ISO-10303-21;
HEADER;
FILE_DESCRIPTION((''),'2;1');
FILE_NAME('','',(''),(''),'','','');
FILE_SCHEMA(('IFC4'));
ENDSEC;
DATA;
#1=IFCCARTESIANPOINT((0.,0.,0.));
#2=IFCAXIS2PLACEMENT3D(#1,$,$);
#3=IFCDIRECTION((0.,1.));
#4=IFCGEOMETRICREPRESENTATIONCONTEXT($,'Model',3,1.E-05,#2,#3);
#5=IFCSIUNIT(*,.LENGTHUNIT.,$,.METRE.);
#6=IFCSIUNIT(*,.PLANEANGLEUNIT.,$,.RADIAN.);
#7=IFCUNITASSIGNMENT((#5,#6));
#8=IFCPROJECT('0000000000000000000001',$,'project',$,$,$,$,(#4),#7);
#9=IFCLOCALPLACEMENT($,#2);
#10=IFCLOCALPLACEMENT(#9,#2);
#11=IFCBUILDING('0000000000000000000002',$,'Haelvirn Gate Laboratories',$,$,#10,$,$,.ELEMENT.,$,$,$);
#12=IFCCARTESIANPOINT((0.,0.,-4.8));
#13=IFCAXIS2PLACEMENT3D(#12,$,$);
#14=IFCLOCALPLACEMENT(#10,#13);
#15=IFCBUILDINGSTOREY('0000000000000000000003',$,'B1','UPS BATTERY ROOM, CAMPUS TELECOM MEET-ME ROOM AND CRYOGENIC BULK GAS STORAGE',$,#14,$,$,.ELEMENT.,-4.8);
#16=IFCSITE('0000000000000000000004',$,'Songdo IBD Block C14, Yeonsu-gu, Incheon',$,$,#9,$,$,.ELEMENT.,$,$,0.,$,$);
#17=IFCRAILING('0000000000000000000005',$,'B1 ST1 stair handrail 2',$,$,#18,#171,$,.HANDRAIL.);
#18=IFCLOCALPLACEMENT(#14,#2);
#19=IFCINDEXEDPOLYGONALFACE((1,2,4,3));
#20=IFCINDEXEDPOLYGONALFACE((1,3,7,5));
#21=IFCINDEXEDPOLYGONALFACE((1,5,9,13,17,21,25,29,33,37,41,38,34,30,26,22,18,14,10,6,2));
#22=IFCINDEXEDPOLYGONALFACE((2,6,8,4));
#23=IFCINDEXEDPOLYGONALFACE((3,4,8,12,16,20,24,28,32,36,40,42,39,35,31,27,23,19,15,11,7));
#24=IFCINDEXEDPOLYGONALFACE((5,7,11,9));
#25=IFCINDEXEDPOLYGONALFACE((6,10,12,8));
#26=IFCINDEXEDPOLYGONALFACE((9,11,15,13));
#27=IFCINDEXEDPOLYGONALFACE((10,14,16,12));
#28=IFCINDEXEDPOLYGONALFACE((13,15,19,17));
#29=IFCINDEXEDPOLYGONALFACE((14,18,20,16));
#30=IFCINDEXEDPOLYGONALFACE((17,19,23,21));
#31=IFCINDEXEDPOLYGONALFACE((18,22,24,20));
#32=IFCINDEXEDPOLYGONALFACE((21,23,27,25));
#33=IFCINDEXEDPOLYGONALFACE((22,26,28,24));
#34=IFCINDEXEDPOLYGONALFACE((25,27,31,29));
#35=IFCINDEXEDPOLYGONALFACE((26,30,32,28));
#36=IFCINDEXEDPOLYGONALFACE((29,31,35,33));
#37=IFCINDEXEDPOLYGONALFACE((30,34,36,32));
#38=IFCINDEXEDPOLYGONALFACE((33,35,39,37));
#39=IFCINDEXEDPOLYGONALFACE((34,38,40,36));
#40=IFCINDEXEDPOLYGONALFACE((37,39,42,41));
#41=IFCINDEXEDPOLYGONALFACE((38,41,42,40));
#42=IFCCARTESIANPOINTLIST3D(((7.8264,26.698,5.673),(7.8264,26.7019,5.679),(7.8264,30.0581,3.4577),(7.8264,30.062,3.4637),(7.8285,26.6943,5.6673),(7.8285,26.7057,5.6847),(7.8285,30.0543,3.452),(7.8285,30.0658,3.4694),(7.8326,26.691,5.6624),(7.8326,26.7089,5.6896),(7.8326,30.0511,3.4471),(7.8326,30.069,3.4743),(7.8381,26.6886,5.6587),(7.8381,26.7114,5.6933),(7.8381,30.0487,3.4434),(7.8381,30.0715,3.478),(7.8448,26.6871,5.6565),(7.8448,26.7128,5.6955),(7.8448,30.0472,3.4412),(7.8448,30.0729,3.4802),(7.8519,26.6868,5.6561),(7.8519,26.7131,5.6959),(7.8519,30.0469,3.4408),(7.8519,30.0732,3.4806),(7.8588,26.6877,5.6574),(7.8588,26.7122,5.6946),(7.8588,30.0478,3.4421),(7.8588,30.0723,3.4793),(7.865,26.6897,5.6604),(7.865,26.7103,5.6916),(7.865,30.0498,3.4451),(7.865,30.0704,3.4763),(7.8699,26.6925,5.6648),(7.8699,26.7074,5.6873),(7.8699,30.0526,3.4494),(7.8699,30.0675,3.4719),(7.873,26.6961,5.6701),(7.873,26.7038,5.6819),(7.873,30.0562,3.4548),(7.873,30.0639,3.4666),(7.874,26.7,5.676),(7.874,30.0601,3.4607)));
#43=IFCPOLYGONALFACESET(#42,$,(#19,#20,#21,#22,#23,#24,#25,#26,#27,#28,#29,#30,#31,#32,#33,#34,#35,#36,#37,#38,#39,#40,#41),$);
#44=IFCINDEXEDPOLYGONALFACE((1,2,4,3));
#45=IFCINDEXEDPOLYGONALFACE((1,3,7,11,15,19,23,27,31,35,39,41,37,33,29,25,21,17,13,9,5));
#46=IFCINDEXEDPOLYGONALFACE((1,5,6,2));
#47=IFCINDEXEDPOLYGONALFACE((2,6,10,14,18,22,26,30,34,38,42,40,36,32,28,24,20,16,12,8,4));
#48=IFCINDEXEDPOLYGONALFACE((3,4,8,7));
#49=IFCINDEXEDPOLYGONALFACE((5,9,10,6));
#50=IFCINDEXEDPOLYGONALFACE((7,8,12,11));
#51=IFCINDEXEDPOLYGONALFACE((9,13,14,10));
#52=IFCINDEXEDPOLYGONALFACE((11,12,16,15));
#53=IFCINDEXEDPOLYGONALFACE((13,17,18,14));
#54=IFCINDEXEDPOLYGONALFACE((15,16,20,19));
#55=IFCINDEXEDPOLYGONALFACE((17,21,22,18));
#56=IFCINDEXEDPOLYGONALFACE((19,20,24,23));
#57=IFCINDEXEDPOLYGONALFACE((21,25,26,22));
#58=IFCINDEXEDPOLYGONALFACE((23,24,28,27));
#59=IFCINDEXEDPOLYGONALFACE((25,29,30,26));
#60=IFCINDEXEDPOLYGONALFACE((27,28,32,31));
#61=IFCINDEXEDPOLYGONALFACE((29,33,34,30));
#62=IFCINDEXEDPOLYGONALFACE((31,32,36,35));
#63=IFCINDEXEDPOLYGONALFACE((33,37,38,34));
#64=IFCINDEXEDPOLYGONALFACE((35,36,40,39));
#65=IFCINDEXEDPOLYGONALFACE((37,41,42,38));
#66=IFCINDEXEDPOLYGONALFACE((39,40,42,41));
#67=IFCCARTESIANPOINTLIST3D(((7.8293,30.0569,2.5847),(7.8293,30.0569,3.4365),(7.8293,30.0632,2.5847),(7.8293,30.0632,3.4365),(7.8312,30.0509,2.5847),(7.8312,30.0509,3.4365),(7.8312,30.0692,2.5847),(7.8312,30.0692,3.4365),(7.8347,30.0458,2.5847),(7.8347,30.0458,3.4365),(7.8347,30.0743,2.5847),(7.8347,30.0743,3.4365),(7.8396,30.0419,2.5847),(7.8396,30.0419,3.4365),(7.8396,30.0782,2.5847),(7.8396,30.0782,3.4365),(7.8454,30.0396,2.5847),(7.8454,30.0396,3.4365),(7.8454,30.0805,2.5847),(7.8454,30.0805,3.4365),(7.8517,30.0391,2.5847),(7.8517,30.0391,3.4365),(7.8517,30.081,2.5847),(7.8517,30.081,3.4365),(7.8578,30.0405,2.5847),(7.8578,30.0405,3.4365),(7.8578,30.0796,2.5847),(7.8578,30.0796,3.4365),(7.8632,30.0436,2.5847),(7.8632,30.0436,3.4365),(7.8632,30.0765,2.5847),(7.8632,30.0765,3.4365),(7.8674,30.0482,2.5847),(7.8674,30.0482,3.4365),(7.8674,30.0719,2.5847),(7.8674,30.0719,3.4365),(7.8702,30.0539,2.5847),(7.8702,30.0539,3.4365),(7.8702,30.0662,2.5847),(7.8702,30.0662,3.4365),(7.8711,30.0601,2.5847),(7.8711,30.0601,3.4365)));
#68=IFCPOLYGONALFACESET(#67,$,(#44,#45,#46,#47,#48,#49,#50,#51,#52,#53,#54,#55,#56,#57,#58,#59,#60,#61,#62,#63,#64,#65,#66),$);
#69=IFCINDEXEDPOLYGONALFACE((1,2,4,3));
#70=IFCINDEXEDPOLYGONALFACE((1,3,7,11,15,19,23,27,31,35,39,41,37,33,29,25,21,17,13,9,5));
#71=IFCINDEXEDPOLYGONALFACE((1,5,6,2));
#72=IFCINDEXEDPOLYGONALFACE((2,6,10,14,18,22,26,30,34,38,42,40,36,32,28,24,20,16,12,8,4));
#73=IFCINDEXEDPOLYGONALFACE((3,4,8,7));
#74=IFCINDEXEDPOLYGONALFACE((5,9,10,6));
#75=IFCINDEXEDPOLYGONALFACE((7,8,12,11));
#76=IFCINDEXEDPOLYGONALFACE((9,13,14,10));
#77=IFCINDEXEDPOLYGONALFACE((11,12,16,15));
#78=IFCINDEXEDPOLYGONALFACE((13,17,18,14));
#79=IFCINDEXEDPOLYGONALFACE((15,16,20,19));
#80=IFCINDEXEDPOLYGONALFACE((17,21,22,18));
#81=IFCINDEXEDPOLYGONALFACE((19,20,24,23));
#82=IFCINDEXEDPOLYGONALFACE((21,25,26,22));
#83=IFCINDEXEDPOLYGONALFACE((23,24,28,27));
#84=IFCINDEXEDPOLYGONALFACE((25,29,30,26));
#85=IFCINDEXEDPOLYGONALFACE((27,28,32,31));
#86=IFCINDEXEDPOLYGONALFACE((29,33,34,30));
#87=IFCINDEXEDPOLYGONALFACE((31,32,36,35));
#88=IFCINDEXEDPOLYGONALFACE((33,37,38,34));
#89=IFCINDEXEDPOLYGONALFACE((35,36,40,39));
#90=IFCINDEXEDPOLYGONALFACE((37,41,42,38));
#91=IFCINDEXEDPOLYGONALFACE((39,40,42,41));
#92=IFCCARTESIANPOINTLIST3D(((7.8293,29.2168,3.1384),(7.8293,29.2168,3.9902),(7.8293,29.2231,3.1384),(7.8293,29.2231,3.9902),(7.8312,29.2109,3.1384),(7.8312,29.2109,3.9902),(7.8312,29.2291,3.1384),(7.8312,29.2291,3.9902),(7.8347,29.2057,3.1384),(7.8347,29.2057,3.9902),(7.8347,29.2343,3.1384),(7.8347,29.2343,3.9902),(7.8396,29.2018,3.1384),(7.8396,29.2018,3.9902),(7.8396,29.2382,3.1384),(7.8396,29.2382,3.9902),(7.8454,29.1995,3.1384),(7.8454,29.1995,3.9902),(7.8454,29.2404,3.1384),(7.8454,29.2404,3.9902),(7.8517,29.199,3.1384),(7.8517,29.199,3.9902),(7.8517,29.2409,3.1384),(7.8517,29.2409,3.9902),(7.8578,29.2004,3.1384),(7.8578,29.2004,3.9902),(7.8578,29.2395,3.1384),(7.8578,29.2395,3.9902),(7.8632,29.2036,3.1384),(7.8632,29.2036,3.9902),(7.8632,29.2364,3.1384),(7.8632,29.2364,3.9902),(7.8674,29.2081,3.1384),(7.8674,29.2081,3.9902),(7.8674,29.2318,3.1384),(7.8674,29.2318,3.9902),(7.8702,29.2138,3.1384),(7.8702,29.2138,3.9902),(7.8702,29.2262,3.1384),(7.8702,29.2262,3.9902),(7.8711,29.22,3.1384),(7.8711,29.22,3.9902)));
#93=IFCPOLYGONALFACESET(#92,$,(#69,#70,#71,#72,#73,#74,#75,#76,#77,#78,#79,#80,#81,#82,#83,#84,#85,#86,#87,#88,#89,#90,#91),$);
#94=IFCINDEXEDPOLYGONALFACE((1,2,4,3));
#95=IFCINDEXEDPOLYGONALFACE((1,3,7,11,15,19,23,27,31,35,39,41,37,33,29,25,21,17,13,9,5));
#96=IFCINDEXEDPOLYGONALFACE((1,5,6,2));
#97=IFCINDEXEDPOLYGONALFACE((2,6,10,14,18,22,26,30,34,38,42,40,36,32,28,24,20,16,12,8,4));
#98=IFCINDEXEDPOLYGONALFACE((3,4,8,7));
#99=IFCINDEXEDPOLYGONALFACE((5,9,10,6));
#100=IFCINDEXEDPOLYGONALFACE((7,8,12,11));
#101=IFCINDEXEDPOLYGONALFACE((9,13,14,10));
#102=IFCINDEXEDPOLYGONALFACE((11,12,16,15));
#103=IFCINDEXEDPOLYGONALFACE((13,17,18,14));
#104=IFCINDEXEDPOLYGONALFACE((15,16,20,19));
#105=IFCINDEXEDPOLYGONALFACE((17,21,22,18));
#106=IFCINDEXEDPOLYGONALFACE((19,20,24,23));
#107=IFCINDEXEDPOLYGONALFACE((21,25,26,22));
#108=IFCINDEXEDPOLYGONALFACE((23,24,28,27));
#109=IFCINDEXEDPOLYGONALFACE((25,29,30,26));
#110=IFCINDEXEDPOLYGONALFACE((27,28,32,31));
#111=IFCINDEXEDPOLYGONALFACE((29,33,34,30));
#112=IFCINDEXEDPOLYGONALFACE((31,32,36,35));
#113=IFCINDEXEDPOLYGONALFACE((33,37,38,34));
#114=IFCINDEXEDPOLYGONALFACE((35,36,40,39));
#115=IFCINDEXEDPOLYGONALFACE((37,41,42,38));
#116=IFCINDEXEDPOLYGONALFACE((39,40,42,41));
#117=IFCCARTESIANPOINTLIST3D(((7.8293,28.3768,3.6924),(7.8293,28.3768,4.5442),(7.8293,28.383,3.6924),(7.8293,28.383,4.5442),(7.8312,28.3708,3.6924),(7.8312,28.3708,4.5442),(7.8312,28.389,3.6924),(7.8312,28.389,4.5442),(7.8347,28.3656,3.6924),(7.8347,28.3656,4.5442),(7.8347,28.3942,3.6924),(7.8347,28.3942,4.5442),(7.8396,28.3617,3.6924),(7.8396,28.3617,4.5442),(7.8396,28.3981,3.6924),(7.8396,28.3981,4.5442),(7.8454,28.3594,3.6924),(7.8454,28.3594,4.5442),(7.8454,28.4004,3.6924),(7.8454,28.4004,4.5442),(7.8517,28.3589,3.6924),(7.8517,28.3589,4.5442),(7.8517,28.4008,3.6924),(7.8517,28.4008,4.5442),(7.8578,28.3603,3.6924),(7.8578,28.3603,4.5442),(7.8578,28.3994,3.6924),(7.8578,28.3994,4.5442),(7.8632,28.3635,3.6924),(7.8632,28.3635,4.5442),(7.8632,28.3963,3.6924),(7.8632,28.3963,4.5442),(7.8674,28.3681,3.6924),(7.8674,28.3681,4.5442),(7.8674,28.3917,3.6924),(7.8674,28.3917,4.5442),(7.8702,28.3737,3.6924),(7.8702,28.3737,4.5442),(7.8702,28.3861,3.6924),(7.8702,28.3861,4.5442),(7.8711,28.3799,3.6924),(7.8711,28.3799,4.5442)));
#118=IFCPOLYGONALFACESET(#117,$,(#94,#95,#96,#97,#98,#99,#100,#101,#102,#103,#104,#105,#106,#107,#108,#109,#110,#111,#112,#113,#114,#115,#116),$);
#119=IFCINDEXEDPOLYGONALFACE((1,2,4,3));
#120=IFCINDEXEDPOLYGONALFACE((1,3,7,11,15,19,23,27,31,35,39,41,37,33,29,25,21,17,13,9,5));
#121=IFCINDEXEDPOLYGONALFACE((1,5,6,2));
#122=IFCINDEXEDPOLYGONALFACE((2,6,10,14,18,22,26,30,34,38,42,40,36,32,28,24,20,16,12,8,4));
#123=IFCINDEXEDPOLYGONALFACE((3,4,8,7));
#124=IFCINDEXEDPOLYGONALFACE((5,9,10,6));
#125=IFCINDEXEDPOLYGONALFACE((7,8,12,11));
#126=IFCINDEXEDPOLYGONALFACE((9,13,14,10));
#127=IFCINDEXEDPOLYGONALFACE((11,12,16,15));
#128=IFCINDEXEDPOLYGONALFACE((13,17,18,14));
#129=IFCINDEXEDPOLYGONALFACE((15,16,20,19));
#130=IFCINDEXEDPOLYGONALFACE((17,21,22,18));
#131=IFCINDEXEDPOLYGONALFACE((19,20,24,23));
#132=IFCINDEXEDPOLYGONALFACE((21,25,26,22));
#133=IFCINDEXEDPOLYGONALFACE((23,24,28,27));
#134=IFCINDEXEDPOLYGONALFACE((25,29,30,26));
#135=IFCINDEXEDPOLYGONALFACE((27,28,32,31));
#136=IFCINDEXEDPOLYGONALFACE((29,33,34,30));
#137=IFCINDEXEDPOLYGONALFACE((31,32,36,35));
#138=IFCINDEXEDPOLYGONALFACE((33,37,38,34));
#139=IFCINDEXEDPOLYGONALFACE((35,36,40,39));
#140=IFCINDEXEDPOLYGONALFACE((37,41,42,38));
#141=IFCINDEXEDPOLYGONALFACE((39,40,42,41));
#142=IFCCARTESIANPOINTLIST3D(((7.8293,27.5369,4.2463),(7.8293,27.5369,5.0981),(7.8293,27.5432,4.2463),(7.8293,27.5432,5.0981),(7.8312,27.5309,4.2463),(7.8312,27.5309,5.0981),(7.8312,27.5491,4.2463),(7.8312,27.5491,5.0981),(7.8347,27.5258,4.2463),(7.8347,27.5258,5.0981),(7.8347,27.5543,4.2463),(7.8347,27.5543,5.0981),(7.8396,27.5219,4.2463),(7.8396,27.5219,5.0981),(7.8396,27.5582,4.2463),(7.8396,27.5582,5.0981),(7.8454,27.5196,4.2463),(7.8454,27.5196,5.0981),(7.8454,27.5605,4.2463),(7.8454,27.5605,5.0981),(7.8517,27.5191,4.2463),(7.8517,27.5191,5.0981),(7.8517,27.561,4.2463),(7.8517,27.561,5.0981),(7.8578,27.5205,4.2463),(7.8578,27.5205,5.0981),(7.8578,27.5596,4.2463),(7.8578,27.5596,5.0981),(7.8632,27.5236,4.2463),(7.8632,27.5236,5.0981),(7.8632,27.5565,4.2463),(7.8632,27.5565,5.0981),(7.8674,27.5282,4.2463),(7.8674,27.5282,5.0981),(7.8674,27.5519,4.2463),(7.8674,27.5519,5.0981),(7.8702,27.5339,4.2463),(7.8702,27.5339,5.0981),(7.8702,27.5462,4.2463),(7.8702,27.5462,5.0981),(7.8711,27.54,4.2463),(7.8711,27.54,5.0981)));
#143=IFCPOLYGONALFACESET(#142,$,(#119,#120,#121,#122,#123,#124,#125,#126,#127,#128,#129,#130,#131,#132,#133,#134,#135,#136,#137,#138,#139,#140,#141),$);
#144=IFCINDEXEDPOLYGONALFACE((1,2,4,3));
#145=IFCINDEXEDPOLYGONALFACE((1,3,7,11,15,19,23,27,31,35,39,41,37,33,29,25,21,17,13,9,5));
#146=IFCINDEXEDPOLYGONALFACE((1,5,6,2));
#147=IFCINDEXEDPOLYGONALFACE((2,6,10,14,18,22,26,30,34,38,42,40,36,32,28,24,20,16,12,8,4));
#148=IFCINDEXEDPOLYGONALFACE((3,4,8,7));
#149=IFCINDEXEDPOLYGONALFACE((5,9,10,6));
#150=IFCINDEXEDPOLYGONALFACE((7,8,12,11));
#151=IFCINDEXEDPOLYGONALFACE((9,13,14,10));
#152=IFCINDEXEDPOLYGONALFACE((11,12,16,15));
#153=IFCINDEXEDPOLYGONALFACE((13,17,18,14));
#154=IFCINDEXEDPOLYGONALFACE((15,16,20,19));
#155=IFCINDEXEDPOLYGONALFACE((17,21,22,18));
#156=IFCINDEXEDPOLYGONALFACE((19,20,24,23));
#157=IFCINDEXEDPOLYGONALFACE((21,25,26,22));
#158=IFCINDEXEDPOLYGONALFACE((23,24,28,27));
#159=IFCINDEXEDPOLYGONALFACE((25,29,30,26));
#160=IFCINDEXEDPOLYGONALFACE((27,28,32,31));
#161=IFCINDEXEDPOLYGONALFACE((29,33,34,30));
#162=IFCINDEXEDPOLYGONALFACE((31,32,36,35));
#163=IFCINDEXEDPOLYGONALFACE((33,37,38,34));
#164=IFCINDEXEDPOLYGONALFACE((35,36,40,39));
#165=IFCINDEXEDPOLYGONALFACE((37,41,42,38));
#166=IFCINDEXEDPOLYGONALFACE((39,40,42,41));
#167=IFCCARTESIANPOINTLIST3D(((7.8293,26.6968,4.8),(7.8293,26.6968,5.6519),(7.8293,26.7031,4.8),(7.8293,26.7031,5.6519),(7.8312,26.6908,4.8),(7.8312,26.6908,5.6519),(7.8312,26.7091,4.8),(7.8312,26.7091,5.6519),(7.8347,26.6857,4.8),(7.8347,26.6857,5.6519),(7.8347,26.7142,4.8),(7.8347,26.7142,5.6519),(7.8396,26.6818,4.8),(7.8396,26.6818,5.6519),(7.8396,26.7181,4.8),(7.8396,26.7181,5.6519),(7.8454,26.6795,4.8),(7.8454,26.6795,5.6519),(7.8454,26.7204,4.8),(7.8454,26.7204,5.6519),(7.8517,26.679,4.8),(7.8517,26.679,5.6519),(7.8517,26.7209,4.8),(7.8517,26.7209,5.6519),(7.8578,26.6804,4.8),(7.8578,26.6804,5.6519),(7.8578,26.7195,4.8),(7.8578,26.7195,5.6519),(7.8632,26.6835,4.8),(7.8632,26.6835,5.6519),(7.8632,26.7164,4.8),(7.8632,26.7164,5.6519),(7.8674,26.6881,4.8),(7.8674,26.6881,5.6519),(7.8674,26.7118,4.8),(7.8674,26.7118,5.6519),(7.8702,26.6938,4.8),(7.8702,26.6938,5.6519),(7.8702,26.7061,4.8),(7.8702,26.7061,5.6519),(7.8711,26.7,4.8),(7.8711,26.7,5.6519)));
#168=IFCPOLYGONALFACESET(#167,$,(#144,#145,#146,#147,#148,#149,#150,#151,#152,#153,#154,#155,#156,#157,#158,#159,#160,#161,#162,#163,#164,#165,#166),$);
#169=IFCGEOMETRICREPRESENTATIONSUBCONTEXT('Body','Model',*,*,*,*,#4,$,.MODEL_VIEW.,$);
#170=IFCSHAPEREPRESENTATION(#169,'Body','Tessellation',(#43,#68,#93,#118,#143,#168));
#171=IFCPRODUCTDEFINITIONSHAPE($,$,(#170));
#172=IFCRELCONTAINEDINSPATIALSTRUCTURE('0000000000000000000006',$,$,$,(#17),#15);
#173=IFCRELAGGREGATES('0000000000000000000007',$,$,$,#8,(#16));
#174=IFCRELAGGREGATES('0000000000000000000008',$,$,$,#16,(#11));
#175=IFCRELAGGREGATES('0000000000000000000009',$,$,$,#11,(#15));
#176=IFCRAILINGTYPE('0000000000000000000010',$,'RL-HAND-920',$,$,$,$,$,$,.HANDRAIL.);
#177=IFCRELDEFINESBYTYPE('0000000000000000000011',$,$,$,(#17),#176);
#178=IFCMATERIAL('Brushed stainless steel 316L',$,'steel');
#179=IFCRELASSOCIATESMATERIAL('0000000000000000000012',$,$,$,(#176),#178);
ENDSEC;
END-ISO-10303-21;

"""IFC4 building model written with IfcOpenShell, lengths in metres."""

from ifc_helpers import new_model, si_unit, direction, frame, origin, origin_2d, place, context, subcontext, project, spatial, circle, extrude, source, transform, mapped, material, type_object, element, save


model = new_model("IFC4")

# Units and contexts
model_context = context("Model", 3, precision=1e-05, world=origin(), true_north=direction((0.0, 1.0)))
body_context = subcontext(model_context, "Body", "Model", "MODEL_VIEW")
ifc_project = project(units=[si_unit("LENGTHUNIT", "METRE"), si_unit("PLANEANGLEUNIT", "RADIAN")], contexts=[model_context])

# Site, building, storey
site_placement = place(None, origin())
site = spatial("IfcSite", under=ifc_project, at=site_placement, Name="Songdo IBD Block C14, Yeonsu-gu, Incheon", CompositionType="ELEMENT", RefElevation=0.0)
building_placement = place(site_placement, origin())
building = spatial("IfcBuilding", under=site, at=building_placement, Name="Haelvirn Gate Laboratories", CompositionType="ELEMENT")
storey_placement = place(building_placement, frame((0.0, 0.0, -4.8)))
storey = spatial("IfcBuildingStorey", under=building, at=storey_placement, Name="B1", Description="UPS BATTERY ROOM, CAMPUS TELECOM MEET-ME ROOM AND CRYOGENIC BULK GAS STORAGE", CompositionType="ELEMENT", Elevation=-4.8)

# Railing
ifc_material_1 = material(Name="Brushed stainless steel 316L", Category="steel")
railing_type_1 = type_object("IfcRailingType", Name="RL-HAND-920", PredefinedType="HANDRAIL", material=ifc_material_1)
shared_shape_1 = source(origin(), body_context, "Body", "SweptSolid", [
    extrude(circle(Radius=0.0239, at=origin_2d()), frame((0.0, 0.0, 0.876), z_axis=(0.0, -0.834876, 0.550437), x_axis=(1.0, 0.0, 0.0)), (0.0, 0.0, 1.0), 4.0247),
    extrude(circle(Radius=0.021, at=origin_2d()), origin(), (0.0, 0.0, 1.0), 0.8518),
    extrude(circle(Radius=0.021, at=origin_2d()), frame((0.0, -0.8401, 0.5537)), (0.0, 0.0, 1.0), 0.8518),
    extrude(circle(Radius=0.021, at=origin_2d()), frame((0.0, -1.6802, 1.1077)), (0.0, 0.0, 1.0), 0.8518),
    extrude(circle(Radius=0.021, at=origin_2d()), frame((0.0, -2.52, 1.6616)), (0.0, 0.0, 1.0), 0.8518),
    extrude(circle(Radius=0.021, at=origin_2d()), frame((0.0, -3.3601, 2.2153)), (0.0, 0.0, 1.0), 0.8518),
])
railing_1_placement = place(storey_placement, frame((7.8501, 30.0601, 2.5847)))
element("IfcRailing", 1, at=railing_1_placement, inside=storey, type_object=railing_type_1, Name="B1 ST1 stair handrail 2", PredefinedType="HANDRAIL", context=body_context, shape_type="MappedRepresentation", body=[
    mapped(shared_shape_1, transform((0.0, 0.0, 0.0), scale=1.0)),
])

save(model, "model.ifc")
